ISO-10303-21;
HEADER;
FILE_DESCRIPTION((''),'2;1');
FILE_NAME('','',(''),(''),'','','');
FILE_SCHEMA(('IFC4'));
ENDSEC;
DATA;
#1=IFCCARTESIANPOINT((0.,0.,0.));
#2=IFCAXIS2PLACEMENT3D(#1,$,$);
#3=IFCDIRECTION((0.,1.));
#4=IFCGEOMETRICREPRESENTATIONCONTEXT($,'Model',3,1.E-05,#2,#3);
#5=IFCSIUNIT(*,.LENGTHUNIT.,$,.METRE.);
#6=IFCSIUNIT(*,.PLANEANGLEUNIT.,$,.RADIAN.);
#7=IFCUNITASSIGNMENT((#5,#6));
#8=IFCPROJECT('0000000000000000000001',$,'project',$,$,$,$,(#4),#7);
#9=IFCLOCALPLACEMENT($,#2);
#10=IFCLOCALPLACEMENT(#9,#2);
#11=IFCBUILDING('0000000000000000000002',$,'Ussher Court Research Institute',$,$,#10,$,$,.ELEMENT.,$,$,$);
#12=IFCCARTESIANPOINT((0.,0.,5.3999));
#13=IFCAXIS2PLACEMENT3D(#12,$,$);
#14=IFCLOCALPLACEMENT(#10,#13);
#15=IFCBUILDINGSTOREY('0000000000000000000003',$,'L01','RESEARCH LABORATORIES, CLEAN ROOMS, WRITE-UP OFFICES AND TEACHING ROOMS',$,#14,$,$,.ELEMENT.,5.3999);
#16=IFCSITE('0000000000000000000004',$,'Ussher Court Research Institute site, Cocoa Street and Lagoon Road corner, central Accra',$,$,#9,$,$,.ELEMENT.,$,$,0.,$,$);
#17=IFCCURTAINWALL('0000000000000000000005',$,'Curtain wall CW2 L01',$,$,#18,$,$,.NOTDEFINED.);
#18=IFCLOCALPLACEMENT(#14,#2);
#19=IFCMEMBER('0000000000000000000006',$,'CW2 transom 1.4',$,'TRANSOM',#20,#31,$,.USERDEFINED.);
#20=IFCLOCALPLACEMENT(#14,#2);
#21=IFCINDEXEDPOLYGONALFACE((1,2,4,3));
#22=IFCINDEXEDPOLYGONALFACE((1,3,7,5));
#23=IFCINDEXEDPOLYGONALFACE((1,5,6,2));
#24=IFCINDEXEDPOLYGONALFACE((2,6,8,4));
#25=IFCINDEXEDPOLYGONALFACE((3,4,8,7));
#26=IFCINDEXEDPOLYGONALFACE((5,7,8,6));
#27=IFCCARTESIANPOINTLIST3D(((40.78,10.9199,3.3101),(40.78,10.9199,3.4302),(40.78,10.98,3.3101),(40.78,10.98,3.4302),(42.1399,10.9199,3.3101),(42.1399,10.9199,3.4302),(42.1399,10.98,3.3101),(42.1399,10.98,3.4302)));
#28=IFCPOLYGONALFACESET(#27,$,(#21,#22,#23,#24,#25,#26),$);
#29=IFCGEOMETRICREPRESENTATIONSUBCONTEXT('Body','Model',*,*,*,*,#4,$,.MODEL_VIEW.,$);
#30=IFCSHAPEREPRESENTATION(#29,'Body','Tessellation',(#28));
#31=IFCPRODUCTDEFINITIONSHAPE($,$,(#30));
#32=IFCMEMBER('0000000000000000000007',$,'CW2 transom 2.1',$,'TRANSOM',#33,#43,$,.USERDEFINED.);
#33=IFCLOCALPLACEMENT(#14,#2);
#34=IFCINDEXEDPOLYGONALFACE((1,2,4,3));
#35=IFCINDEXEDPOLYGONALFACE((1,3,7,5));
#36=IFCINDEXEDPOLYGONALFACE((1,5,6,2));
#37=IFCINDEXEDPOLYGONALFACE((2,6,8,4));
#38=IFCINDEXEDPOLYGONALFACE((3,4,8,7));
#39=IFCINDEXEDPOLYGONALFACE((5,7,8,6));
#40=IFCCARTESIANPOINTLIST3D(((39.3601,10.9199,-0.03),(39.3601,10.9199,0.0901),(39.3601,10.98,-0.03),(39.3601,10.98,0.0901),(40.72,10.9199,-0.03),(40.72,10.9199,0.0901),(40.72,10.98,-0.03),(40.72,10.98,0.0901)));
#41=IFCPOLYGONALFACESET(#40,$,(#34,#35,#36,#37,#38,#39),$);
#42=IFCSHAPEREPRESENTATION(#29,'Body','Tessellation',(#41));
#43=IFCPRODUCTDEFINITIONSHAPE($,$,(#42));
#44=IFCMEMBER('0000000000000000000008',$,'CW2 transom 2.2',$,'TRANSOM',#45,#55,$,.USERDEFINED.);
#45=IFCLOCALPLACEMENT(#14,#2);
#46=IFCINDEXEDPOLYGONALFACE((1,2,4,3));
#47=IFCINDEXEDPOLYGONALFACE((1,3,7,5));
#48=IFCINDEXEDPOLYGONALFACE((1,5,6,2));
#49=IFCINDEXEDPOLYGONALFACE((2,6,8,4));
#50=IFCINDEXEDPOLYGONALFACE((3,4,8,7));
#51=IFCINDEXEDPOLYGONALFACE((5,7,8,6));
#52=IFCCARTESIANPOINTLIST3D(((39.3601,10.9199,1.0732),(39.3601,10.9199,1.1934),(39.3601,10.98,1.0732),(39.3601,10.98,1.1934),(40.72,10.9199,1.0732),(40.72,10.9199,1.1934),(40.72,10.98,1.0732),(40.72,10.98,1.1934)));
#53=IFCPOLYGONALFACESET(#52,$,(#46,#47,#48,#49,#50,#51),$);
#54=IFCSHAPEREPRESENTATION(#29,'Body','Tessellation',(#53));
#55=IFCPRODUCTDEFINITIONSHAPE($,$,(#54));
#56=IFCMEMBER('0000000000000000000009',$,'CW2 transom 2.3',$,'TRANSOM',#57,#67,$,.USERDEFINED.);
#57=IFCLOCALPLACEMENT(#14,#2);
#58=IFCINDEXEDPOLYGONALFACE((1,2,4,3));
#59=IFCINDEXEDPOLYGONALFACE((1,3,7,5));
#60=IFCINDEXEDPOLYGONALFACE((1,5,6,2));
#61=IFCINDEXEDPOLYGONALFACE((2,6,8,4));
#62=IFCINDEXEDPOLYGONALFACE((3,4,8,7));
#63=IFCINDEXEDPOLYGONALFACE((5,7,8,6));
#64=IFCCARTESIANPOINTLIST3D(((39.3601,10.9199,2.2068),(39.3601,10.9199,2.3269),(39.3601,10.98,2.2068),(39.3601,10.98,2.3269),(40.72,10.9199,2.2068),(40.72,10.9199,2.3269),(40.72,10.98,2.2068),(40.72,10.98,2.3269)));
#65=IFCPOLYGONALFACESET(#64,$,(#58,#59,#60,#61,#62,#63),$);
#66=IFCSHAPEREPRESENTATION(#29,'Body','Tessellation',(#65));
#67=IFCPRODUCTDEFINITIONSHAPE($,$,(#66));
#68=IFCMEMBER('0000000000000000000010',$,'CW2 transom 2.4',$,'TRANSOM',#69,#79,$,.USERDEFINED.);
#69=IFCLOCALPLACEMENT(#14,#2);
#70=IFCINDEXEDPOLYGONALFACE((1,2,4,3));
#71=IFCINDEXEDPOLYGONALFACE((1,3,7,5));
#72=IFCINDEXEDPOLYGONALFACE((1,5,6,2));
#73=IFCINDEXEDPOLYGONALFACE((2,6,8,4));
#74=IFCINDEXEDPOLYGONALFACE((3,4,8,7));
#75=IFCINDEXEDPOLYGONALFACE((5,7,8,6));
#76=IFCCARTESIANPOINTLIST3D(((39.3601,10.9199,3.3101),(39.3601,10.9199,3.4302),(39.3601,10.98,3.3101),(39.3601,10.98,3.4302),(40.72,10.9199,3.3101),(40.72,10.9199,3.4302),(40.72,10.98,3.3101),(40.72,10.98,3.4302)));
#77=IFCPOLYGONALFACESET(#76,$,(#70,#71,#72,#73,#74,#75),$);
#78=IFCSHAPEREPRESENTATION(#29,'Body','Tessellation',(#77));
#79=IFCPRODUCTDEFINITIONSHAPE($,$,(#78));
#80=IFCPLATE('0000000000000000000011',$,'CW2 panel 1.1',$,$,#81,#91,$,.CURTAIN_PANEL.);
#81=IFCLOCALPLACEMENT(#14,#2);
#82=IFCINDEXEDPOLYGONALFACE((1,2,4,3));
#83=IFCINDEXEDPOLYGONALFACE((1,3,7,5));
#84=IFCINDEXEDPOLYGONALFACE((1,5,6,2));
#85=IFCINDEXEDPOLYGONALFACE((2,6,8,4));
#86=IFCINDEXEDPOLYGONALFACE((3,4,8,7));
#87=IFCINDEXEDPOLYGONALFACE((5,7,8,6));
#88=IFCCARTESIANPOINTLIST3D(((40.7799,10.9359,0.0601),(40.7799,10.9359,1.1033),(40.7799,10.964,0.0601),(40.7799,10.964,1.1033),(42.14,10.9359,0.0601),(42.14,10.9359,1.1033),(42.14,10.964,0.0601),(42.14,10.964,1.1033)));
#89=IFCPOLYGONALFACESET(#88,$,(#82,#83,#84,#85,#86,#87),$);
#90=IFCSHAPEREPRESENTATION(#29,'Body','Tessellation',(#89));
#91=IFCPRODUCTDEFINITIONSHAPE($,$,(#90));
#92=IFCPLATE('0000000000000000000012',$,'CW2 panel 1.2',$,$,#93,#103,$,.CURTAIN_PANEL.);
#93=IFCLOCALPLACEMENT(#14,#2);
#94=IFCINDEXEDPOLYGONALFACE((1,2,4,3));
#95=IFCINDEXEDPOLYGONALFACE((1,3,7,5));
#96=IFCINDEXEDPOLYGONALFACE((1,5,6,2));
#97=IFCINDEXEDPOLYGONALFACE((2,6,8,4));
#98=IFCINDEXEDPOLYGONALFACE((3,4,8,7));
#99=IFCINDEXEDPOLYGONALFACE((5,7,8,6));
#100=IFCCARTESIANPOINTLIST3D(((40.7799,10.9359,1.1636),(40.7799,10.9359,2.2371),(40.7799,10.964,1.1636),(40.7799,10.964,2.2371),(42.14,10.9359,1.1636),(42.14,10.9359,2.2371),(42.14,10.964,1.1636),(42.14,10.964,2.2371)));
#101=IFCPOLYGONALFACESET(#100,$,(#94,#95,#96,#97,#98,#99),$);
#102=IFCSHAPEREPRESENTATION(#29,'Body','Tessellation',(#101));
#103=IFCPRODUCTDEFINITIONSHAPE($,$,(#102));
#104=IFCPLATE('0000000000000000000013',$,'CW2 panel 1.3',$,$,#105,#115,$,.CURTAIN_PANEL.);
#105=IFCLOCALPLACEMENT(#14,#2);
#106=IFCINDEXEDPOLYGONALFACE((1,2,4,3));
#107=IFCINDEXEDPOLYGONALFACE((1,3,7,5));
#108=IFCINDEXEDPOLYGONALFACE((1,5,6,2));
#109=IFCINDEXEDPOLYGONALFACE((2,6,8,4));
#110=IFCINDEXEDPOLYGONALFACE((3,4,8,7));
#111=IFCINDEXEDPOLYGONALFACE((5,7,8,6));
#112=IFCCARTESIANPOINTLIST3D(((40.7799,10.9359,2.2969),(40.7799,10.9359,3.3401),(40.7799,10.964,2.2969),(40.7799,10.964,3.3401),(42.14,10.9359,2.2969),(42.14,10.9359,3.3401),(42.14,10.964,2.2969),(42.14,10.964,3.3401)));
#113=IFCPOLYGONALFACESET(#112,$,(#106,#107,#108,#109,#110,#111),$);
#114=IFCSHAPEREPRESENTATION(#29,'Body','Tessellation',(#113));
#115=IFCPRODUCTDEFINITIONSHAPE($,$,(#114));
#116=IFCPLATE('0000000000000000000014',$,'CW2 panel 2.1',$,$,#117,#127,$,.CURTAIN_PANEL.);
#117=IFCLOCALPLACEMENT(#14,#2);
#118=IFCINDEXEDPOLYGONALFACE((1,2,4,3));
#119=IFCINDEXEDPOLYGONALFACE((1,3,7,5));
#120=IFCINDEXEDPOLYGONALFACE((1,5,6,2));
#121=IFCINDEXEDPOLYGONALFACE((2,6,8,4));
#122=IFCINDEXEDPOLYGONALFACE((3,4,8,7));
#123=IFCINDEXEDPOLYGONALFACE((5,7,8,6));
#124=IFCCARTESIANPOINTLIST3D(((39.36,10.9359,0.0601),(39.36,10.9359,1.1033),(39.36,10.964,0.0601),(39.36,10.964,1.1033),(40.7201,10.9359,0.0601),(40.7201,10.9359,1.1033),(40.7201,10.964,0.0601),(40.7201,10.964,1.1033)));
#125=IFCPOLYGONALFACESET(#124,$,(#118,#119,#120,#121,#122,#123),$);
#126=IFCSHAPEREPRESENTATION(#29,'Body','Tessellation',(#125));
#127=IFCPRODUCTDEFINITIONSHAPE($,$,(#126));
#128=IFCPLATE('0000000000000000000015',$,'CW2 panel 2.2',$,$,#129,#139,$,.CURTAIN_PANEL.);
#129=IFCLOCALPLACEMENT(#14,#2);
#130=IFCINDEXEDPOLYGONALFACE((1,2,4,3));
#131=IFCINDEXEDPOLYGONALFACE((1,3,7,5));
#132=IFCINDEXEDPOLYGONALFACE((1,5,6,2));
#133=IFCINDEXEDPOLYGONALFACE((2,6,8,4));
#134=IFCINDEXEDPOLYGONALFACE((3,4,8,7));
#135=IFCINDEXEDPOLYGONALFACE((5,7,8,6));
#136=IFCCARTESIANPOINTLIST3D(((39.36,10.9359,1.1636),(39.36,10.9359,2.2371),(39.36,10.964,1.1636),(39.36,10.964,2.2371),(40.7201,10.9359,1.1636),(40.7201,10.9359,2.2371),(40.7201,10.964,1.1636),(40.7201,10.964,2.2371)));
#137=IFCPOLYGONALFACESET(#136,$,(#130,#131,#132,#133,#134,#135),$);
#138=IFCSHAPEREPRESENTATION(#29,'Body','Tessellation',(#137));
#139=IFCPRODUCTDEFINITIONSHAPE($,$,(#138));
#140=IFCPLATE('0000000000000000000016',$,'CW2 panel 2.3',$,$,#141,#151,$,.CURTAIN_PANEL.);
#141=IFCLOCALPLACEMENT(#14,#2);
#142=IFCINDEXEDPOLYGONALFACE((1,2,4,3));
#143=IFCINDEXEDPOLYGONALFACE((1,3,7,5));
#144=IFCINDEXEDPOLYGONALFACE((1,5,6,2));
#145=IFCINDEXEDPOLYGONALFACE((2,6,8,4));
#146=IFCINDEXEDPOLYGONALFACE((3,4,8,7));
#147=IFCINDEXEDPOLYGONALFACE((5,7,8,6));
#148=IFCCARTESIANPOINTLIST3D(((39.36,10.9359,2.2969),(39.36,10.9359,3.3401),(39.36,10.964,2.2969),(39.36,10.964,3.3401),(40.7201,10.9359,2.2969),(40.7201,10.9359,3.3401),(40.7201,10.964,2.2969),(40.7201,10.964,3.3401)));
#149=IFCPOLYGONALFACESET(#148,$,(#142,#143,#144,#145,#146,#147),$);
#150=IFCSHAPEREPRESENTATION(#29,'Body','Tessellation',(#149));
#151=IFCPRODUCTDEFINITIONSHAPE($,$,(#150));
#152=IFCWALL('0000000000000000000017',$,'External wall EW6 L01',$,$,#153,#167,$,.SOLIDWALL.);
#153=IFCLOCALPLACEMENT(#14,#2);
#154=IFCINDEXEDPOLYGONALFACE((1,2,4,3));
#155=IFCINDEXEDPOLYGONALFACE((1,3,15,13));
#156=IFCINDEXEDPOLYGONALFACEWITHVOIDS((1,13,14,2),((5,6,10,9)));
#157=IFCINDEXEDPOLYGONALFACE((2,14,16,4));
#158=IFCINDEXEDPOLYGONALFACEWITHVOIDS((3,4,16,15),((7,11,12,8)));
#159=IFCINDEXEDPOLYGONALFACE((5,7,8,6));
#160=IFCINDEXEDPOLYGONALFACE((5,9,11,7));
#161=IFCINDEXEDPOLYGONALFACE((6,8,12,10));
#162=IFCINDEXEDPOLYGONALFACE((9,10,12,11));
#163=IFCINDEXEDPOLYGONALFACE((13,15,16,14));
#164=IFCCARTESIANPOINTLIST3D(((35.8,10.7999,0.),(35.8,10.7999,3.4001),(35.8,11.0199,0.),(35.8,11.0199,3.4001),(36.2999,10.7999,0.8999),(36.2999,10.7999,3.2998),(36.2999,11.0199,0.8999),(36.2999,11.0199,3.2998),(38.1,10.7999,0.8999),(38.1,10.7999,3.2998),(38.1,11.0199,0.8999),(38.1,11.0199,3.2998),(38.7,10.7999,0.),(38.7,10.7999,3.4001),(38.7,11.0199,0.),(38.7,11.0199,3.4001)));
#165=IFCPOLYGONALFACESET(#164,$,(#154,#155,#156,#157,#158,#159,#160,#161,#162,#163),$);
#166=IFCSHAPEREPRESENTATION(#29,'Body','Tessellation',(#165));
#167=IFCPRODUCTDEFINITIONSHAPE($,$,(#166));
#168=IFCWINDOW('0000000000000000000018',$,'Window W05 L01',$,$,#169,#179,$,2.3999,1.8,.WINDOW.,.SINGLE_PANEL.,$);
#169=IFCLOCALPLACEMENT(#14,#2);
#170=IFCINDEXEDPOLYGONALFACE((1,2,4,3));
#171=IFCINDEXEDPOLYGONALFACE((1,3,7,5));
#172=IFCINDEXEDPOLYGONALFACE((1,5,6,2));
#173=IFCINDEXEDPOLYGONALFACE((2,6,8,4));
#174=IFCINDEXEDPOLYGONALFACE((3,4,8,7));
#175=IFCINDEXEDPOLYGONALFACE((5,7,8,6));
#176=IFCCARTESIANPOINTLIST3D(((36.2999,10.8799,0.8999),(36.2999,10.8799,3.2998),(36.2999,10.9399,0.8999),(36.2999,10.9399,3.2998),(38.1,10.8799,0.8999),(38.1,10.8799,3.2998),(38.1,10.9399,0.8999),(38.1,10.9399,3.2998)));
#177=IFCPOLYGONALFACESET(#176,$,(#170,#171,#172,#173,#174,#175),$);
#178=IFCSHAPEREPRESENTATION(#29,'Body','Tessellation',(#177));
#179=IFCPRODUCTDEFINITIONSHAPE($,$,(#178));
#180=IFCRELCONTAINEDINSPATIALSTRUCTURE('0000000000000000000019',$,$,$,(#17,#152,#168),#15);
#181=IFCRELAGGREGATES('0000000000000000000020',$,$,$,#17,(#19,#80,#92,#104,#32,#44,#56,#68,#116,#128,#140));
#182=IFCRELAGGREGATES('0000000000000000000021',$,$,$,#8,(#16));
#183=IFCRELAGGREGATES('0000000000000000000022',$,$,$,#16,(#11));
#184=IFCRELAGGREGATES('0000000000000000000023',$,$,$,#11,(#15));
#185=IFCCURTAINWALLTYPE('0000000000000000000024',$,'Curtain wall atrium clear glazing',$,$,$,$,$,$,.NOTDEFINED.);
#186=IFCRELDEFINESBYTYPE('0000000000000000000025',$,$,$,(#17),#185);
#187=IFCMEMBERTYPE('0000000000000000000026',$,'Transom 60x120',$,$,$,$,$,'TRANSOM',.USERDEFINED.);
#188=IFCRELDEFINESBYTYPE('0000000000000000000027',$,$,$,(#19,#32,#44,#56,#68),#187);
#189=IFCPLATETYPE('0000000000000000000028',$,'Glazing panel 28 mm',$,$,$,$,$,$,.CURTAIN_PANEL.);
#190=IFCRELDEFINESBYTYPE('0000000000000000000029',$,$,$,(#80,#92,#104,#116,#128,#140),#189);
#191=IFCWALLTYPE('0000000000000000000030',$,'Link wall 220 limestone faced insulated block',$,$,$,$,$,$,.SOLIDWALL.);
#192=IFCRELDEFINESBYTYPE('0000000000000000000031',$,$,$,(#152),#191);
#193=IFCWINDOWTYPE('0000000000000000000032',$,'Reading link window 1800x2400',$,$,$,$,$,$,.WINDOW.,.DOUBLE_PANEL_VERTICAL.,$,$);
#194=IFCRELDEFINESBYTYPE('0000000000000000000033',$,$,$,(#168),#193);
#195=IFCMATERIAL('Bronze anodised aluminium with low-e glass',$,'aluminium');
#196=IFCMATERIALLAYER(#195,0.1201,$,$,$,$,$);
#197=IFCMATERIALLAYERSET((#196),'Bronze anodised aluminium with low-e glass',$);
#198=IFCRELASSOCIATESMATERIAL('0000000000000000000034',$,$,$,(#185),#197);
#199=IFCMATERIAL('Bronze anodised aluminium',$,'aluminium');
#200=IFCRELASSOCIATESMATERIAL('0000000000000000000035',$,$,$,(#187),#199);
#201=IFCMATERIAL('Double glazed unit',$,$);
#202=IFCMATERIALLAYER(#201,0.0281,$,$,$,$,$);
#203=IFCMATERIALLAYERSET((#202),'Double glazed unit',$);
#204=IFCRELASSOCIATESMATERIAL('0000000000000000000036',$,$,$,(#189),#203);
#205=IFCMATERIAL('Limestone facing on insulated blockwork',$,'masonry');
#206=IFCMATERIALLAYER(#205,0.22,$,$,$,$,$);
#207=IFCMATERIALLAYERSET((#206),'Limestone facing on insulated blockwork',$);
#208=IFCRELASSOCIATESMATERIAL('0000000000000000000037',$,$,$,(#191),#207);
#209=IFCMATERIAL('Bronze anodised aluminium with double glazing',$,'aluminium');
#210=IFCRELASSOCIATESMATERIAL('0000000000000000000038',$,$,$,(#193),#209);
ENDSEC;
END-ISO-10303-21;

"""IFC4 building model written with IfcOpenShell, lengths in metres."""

from ifc_helpers import new_model, si_unit, direction, frame, frame_2d, origin, origin_2d, place, context, subcontext, project, spatial, rectangle, extrude, material, layer, layer_set, material_profile, profile_set, type_object, element, fill, aggregate, save


model = new_model("IFC4")

# Units and contexts
model_context = context("Model", 3, precision=1e-05, world=origin(), true_north=direction((0.0, 1.0)))
body_context = subcontext(model_context, "Body", "Model", "MODEL_VIEW")
ifc_project = project(units=[si_unit("LENGTHUNIT", "METRE"), si_unit("PLANEANGLEUNIT", "RADIAN")], contexts=[model_context])

# Site, building, storey
site_placement = place(None, origin())
site = spatial("IfcSite", under=ifc_project, at=site_placement, Name="Ussher Court Research Institute site, Cocoa Street and Lagoon Road corner, central Accra", CompositionType="ELEMENT", RefElevation=0.0)
building_placement = place(site_placement, origin())
building = spatial("IfcBuilding", under=site, at=building_placement, Name="Ussher Court Research Institute", CompositionType="ELEMENT")
storey_placement = place(building_placement, frame((0.0, 0.0, 5.3999)))
storey = spatial("IfcBuildingStorey", under=building, at=storey_placement, Name="L01", Description="RESEARCH LABORATORIES, CLEAN ROOMS, WRITE-UP OFFICES AND TEACHING ROOMS", CompositionType="ELEMENT", Elevation=5.3999)

# Shared definitions
ifc_material_1 = material(Name="Bronze anodised aluminium with low-e glass", Category="aluminium")
ifc_layer_1 = layer(ifc_material_1, 0.1201)
ifc_layer_set_1 = layer_set([ifc_layer_1], Name="Bronze anodised aluminium with low-e glass")
curtain_wall_type = type_object("IfcCurtainWallType", Name="Curtain wall atrium clear glazing", PredefinedType="NOTDEFINED", material=ifc_layer_set_1)

# Curtain wall
curtain_wall_1_placement = place(storey_placement, origin())
curtain_wall_1 = element("IfcCurtainWall", 1, at=curtain_wall_1_placement, inside=storey, type_object=curtain_wall_type, Name="Curtain wall CW2 L01", PredefinedType="NOTDEFINED")

# Members
ifc_material_2 = material(Name="Bronze anodised aluminium", Category="aluminium")
ifc_material_profile_1 = material_profile(ifc_material_2, rectangle(XDim=0.0601, YDim=0.1201, at=origin_2d()), Name="Transom 60x120")
ifc_profile_set_1 = profile_set([ifc_material_profile_1], Name="Bronze anodised aluminium")
member_type_1 = type_object("IfcMemberType", Name="Transom 60x120", ElementType="TRANSOM", PredefinedType="USERDEFINED", material=ifc_profile_set_1)
member_1_placement = place(storey_placement, frame((42.1399, 10.95, 3.3701), z_axis=(-1.0, 0.0, 0.0), x_axis=(0.0, -1.0, 0.0)))
member_1 = element("IfcMember", 2, at=member_1_placement, type_object=member_type_1, Name="CW2 transom 1.4", ObjectType="TRANSOM", PredefinedType="USERDEFINED", context=body_context, shape_type="SweptSolid", body=[
    extrude(rectangle(XDim=0.0601, YDim=0.1201, at=origin_2d()), origin(), (0.0, 0.0, 1.0), 1.3599),
])
member_2_placement = place(storey_placement, frame((40.72, 10.95, 0.03), z_axis=(-1.0, 0.0, 0.0), x_axis=(0.0, -1.0, 0.0)))
member_2 = element("IfcMember", 3, at=member_2_placement, type_object=member_type_1, Name="CW2 transom 2.1", ObjectType="TRANSOM", PredefinedType="USERDEFINED", context=body_context, shape_type="SweptSolid", body=[
    extrude(rectangle(XDim=0.0601, YDim=0.1201, at=origin_2d()), origin(), (0.0, 0.0, 1.0), 1.3599),
])
member_3_placement = place(storey_placement, frame((40.72, 10.95, 1.1333), z_axis=(-1.0, 0.0, 0.0), x_axis=(0.0, -1.0, 0.0)))
member_3 = element("IfcMember", 4, at=member_3_placement, type_object=member_type_1, Name="CW2 transom 2.2", ObjectType="TRANSOM", PredefinedType="USERDEFINED", context=body_context, shape_type="SweptSolid", body=[
    extrude(rectangle(XDim=0.0601, YDim=0.1201, at=origin_2d()), origin(), (0.0, 0.0, 1.0), 1.3599),
])
member_4_placement = place(storey_placement, frame((40.72, 10.95, 2.2668), z_axis=(-1.0, 0.0, 0.0), x_axis=(0.0, -1.0, 0.0)))
member_4 = element("IfcMember", 5, at=member_4_placement, type_object=member_type_1, Name="CW2 transom 2.3", ObjectType="TRANSOM", PredefinedType="USERDEFINED", context=body_context, shape_type="SweptSolid", body=[
    extrude(rectangle(XDim=0.0601, YDim=0.1201, at=origin_2d()), origin(), (0.0, 0.0, 1.0), 1.3599),
])
member_5_placement = place(storey_placement, frame((40.72, 10.95, 3.3701), z_axis=(-1.0, 0.0, 0.0), x_axis=(0.0, -1.0, 0.0)))
member_5 = element("IfcMember", 6, at=member_5_placement, type_object=member_type_1, Name="CW2 transom 2.4", ObjectType="TRANSOM", PredefinedType="USERDEFINED", context=body_context, shape_type="SweptSolid", body=[
    extrude(rectangle(XDim=0.0601, YDim=0.1201, at=origin_2d()), origin(), (0.0, 0.0, 1.0), 1.3599),
])

# Plates
ifc_material_3 = material(Name="Double glazed unit")
ifc_layer_2 = layer(ifc_material_3, 0.0281)
ifc_layer_set_2 = layer_set([ifc_layer_2], Name="Double glazed unit")
plate_type = type_object("IfcPlateType", Name="Glazing panel 28 mm", PredefinedType="CURTAIN_PANEL", material=ifc_layer_set_2)
plate_1_placement = place(storey_placement, frame((41.46, 10.95, 0.0601), z_axis=(0.0, 0.0, 1.0), x_axis=(-1.0, 0.0, 0.0)))
plate_1 = element("IfcPlate", 7, at=plate_1_placement, type_object=plate_type, Name="CW2 panel 1.1", PredefinedType="CURTAIN_PANEL", context=body_context, shape_type="SweptSolid", body=[
    extrude(rectangle(XDim=1.3601, YDim=0.0281, at=origin_2d()), origin(), (0.0, 0.0, 1.0), 1.0432),
])
plate_2_placement = place(storey_placement, frame((41.46, 10.95, 1.1636), z_axis=(0.0, 0.0, 1.0), x_axis=(-1.0, 0.0, 0.0)))
plate_2 = element("IfcPlate", 8, at=plate_2_placement, type_object=plate_type, Name="CW2 panel 1.2", PredefinedType="CURTAIN_PANEL", context=body_context, shape_type="SweptSolid", body=[
    extrude(rectangle(XDim=1.3601, YDim=0.0281, at=origin_2d()), origin(), (0.0, 0.0, 1.0), 1.0735),
])
plate_3_placement = place(storey_placement, frame((41.46, 10.95, 2.2969), z_axis=(0.0, 0.0, 1.0), x_axis=(-1.0, 0.0, 0.0)))
plate_3 = element("IfcPlate", 9, at=plate_3_placement, type_object=plate_type, Name="CW2 panel 1.3", PredefinedType="CURTAIN_PANEL", context=body_context, shape_type="SweptSolid", body=[
    extrude(rectangle(XDim=1.3601, YDim=0.0281, at=origin_2d()), origin(), (0.0, 0.0, 1.0), 1.0432),
])
plate_4_placement = place(storey_placement, frame((40.04, 10.95, 0.0601), z_axis=(0.0, 0.0, 1.0), x_axis=(-1.0, 0.0, 0.0)))
plate_4 = element("IfcPlate", 10, at=plate_4_placement, type_object=plate_type, Name="CW2 panel 2.1", PredefinedType="CURTAIN_PANEL", context=body_context, shape_type="SweptSolid", body=[
    extrude(rectangle(XDim=1.3601, YDim=0.0281, at=origin_2d()), origin(), (0.0, 0.0, 1.0), 1.0432),
])
plate_5_placement = place(storey_placement, frame((40.04, 10.95, 1.1636), z_axis=(0.0, 0.0, 1.0), x_axis=(-1.0, 0.0, 0.0)))
plate_5 = element("IfcPlate", 11, at=plate_5_placement, type_object=plate_type, Name="CW2 panel 2.2", PredefinedType="CURTAIN_PANEL", context=body_context, shape_type="SweptSolid", body=[
    extrude(rectangle(XDim=1.3601, YDim=0.0281, at=origin_2d()), origin(), (0.0, 0.0, 1.0), 1.0735),
])
plate_6_placement = place(storey_placement, frame((40.04, 10.95, 2.2969), z_axis=(0.0, 0.0, 1.0), x_axis=(-1.0, 0.0, 0.0)))
plate_6 = element("IfcPlate", 12, at=plate_6_placement, type_object=plate_type, Name="CW2 panel 2.3", PredefinedType="CURTAIN_PANEL", context=body_context, shape_type="SweptSolid", body=[
    extrude(rectangle(XDim=1.3601, YDim=0.0281, at=origin_2d()), origin(), (0.0, 0.0, 1.0), 1.0432),
])
aggregate(curtain_wall_1, [member_1, plate_1, plate_2, plate_3, member_2, member_3, member_4, member_5, plate_4, plate_5, plate_6])

# Wall, opening, window
ifc_material_4 = material(Name="Limestone facing on insulated blockwork", Category="masonry")
ifc_layer_3 = layer(ifc_material_4, 0.22)
ifc_layer_set_3 = layer_set([ifc_layer_3], Name="Limestone facing on insulated blockwork")
wall_type = type_object("IfcWallType", Name="Link wall 220 limestone faced insulated block", PredefinedType="SOLIDWALL", material=ifc_layer_set_3)
wall_1_placement = place(storey_placement, frame((38.7, 10.9099, 0.0), z_axis=(0.0, 0.0, 1.0), x_axis=(-1.0, 0.0, 0.0)))
wall_1 = element("IfcWall", 13, at=wall_1_placement, inside=storey, type_object=wall_type, Name="External wall EW6 L01", PredefinedType="SOLIDWALL", context=body_context, shape_type="SweptSolid", body=[
    extrude(rectangle(XDim=2.8999, YDim=0.22, at=frame_2d((1.45, 0.0))), origin(), (0.0, 0.0, 1.0), 3.4001),
])
opening_1_placement = place(wall_1_placement, frame((0.6001, 0.0, 0.8999)))
opening_1 = element("IfcOpeningElement", 14, at=opening_1_placement, cuts=wall_1, PredefinedType="OPENING", context=body_context, shape_type="SweptSolid", body=[
    extrude(rectangle(XDim=1.8, YDim=2.3999, at=frame_2d((0.8999, 1.2))), frame((0.0, 0.1201, 0.0), z_axis=(0.0, -1.0, 0.0), x_axis=(1.0, 0.0, 0.0)), (0.0, 0.0, 1.0), 0.24),
])
ifc_material_5 = material(Name="Bronze anodised aluminium with double glazing", Category="aluminium")
window_type = type_object("IfcWindowType", Name="Reading link window 1800x2400", PartitioningType="DOUBLE_PANEL_VERTICAL", PredefinedType="WINDOW", material=ifc_material_5)
window_1_placement = place(opening_1_placement, origin())
window_1 = element("IfcWindow", 15, at=window_1_placement, inside=storey, type_object=window_type, Name="Window W05 L01", OverallHeight=2.3999, OverallWidth=1.8, PartitioningType="SINGLE_PANEL", PredefinedType="WINDOW", context=body_context, shape_type="SweptSolid", body=[
    extrude(rectangle(XDim=1.8, YDim=2.3999, at=frame_2d((0.8999, 1.2))), frame((0.0, 0.03, 0.0), z_axis=(0.0, -1.0, 0.0), x_axis=(1.0, 0.0, 0.0)), (0.0, 0.0, 1.0), 0.0601),
])
fill(opening_1, window_1)

save(model, "model.ifc")
